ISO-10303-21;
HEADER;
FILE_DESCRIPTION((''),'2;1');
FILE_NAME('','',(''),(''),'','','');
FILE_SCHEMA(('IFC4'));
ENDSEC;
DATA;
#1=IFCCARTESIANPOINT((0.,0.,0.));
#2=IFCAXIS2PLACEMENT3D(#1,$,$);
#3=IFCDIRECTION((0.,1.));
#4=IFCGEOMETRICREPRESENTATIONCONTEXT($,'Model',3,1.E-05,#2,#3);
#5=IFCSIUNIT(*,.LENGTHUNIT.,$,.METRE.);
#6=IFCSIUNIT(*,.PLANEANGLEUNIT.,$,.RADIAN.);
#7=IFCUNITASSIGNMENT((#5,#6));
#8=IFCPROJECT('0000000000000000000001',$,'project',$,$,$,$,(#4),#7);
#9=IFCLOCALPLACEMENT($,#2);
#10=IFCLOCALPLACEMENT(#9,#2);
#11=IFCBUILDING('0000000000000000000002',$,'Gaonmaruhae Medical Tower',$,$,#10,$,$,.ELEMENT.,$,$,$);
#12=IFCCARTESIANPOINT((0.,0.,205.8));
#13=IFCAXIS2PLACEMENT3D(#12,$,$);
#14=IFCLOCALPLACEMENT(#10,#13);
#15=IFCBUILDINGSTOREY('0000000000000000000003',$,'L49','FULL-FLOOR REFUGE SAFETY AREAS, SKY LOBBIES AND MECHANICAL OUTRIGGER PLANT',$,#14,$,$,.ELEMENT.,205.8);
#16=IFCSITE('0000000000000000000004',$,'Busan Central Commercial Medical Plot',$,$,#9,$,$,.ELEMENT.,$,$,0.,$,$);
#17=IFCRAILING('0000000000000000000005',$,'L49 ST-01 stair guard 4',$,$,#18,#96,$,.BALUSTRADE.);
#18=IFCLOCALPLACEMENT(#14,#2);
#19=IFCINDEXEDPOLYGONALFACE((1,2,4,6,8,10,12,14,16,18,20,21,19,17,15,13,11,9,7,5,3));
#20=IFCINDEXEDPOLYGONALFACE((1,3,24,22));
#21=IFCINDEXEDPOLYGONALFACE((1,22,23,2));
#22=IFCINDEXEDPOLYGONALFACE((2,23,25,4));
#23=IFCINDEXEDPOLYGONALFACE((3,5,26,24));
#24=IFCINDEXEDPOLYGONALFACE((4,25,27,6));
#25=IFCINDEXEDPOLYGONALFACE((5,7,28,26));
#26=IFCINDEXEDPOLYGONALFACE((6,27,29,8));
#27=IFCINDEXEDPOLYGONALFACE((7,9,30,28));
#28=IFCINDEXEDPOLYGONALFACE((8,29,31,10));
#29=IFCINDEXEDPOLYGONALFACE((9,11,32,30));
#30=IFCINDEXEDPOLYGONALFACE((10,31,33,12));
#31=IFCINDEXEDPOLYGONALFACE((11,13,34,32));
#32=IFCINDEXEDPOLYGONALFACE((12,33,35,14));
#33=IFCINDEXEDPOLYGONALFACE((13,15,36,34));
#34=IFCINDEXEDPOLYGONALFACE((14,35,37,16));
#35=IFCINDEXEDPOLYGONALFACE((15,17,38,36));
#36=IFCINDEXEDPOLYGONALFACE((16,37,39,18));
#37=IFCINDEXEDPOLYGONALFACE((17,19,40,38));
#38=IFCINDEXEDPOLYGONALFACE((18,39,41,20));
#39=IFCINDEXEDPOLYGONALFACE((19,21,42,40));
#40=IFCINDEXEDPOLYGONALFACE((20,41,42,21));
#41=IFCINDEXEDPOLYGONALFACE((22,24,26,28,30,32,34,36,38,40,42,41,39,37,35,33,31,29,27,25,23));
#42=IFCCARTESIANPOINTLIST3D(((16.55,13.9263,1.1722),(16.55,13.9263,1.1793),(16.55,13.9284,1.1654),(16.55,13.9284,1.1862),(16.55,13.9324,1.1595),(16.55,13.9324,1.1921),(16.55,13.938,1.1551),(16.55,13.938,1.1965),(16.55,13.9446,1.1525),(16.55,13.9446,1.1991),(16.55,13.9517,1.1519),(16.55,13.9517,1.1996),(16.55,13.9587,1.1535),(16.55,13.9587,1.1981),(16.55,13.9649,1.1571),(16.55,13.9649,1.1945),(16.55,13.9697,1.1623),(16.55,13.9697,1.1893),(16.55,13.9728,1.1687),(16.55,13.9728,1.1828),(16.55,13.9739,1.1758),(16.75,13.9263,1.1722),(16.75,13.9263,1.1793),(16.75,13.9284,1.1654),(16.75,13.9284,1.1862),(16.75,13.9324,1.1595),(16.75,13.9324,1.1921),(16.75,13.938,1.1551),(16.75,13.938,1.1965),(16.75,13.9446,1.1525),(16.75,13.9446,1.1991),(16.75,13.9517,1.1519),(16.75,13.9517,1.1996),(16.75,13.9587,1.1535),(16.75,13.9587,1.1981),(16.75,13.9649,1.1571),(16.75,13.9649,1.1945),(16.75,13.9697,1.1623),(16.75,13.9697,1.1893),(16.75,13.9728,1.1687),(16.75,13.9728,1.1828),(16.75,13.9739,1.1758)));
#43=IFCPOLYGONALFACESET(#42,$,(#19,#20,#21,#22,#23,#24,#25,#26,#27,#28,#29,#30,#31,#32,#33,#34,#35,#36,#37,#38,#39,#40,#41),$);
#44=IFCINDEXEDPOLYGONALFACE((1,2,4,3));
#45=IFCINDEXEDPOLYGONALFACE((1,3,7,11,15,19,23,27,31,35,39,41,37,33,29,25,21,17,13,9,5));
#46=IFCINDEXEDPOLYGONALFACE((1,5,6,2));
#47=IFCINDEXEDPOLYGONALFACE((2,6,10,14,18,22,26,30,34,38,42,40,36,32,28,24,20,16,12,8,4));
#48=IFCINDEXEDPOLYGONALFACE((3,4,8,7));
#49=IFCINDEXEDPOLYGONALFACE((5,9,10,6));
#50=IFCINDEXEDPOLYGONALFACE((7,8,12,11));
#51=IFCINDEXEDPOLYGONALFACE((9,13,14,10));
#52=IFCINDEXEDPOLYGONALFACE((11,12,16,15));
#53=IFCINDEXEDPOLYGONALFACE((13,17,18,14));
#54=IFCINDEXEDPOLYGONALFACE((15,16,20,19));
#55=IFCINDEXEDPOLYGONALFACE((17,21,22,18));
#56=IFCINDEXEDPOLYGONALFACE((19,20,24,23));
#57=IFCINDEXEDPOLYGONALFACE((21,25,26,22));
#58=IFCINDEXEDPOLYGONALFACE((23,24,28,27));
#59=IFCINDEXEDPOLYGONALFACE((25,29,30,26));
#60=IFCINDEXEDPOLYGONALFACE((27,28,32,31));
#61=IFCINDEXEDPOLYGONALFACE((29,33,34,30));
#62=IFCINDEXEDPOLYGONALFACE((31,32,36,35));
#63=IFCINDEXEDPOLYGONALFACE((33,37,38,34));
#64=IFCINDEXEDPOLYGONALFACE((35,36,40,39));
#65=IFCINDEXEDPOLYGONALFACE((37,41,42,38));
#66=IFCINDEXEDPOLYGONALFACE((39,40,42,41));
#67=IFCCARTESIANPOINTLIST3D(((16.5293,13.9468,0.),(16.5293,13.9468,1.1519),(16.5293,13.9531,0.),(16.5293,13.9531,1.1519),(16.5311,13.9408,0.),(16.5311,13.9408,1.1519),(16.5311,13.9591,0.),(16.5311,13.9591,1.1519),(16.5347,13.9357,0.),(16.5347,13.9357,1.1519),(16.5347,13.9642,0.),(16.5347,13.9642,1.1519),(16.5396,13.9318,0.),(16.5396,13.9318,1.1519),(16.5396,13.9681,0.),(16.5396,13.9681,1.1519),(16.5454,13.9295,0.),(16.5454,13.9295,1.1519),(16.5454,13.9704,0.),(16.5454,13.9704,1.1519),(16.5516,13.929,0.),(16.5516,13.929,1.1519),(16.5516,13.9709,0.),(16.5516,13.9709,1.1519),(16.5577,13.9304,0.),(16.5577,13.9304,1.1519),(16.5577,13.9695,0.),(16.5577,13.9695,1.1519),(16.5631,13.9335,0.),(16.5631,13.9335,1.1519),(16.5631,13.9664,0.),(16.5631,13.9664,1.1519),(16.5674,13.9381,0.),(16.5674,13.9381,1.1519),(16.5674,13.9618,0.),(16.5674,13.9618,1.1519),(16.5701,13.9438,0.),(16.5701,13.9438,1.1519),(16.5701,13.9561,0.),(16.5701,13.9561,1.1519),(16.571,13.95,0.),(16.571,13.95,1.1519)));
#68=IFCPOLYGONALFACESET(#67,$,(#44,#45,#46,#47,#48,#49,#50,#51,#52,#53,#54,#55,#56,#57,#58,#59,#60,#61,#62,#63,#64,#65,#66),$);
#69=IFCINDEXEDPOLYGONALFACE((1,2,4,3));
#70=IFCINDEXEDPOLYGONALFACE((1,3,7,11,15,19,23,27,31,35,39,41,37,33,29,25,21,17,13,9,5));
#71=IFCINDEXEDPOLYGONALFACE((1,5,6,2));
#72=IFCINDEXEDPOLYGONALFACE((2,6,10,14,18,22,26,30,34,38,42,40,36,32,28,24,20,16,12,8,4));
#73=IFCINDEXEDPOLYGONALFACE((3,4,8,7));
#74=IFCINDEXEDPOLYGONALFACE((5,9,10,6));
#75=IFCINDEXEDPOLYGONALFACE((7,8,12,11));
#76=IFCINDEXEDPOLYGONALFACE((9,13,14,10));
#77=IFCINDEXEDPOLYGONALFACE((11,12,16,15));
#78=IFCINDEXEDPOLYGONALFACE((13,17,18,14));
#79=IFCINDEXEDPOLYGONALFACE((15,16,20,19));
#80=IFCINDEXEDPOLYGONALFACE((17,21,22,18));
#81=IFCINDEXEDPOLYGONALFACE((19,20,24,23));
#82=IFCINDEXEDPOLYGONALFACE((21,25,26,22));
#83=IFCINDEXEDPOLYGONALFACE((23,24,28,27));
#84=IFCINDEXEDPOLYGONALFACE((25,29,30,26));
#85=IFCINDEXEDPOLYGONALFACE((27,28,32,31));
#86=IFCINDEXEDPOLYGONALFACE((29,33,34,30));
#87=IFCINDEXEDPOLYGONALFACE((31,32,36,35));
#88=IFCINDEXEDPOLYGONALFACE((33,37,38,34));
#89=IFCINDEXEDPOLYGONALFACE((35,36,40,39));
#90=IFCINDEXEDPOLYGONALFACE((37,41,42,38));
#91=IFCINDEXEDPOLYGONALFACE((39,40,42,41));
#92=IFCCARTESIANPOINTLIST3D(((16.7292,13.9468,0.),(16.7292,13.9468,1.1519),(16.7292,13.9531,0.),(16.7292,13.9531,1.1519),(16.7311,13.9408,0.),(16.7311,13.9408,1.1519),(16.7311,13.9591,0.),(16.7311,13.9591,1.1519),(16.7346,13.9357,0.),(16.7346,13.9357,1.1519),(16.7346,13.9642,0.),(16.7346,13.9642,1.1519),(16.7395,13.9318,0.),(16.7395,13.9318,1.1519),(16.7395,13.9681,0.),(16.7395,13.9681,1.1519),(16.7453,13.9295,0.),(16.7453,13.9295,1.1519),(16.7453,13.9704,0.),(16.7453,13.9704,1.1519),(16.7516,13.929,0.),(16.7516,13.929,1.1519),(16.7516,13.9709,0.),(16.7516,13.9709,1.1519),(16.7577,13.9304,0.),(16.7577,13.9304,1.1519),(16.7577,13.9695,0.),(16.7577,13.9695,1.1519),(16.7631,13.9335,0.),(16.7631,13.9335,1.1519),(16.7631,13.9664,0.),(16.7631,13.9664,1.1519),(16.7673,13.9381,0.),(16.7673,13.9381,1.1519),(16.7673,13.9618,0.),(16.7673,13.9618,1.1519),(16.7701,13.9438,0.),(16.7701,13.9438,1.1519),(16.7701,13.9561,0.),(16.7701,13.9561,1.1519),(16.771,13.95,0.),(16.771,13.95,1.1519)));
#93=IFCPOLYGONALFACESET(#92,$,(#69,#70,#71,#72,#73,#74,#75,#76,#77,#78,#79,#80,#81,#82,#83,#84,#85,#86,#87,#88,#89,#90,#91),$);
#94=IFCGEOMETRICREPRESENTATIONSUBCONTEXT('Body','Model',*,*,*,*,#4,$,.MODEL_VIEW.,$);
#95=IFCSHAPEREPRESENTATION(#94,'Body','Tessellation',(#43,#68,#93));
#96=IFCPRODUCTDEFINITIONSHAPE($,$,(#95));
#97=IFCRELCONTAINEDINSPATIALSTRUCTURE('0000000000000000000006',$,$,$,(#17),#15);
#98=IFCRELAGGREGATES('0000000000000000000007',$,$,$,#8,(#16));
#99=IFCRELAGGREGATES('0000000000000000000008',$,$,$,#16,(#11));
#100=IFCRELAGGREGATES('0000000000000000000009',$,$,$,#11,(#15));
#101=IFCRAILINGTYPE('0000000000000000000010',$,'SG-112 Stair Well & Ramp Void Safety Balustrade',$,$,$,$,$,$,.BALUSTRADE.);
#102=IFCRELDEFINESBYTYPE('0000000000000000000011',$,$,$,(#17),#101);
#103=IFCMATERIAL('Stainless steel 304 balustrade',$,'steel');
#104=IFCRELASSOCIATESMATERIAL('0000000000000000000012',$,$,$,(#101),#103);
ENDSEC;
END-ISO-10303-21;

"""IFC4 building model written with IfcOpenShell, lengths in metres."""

from ifc_helpers import new_model, si_unit, direction, frame, origin, origin_2d, place, context, subcontext, project, spatial, circle, extrude, material, type_object, element, save


model = new_model("IFC4")

# Units and contexts
model_context = context("Model", 3, precision=1e-05, world=origin(), true_north=direction((0.0, 1.0)))
body_context = subcontext(model_context, "Body", "Model", "MODEL_VIEW")
ifc_project = project(units=[si_unit("LENGTHUNIT", "METRE"), si_unit("PLANEANGLEUNIT", "RADIAN")], contexts=[model_context])

# Site, building, storey
site_placement = place(None, origin())
site = spatial("IfcSite", under=ifc_project, at=site_placement, Name="Busan Central Commercial Medical Plot", CompositionType="ELEMENT", RefElevation=0.0)
building_placement = place(site_placement, origin())
building = spatial("IfcBuilding", under=site, at=building_placement, Name="Gaonmaruhae Medical Tower", CompositionType="ELEMENT")
storey_placement = place(building_placement, frame((0.0, 0.0, 205.8)))
storey = spatial("IfcBuildingStorey", under=building, at=storey_placement, Name="L49", Description="FULL-FLOOR REFUGE SAFETY AREAS, SKY LOBBIES AND MECHANICAL OUTRIGGER PLANT", CompositionType="ELEMENT", Elevation=205.8)

# Railing
ifc_material_1 = material(Name="Stainless steel 304 balustrade", Category="steel")
railing_type_1 = type_object("IfcRailingType", Name="SG-112 Stair Well & Ramp Void Safety Balustrade", PredefinedType="BALUSTRADE", material=ifc_material_1)
railing_1_placement = place(storey_placement, frame((16.55, 13.95, 0.0)))
element("IfcRailing", 1, at=railing_1_placement, inside=storey, type_object=railing_type_1, Name="L49 ST-01 stair guard 4", PredefinedType="BALUSTRADE", context=body_context, shape_type="SweptSolid", body=[
    extrude(circle(Radius=0.0239, at=origin_2d()), frame((0.0, 0.0, 1.1758), z_axis=(1.0, 0.0, 0.0), x_axis=(0.0, 1.0, 0.0)), (0.0, 0.0, 1.0), 0.2),
    extrude(circle(Radius=0.021, at=origin_2d()), origin(), (0.0, 0.0, 1.0), 1.1519),
    extrude(circle(Radius=0.021, at=origin_2d()), frame((0.2, 0.0, 0.0)), (0.0, 0.0, 1.0), 1.1519),
])

save(model, "model.ifc")
